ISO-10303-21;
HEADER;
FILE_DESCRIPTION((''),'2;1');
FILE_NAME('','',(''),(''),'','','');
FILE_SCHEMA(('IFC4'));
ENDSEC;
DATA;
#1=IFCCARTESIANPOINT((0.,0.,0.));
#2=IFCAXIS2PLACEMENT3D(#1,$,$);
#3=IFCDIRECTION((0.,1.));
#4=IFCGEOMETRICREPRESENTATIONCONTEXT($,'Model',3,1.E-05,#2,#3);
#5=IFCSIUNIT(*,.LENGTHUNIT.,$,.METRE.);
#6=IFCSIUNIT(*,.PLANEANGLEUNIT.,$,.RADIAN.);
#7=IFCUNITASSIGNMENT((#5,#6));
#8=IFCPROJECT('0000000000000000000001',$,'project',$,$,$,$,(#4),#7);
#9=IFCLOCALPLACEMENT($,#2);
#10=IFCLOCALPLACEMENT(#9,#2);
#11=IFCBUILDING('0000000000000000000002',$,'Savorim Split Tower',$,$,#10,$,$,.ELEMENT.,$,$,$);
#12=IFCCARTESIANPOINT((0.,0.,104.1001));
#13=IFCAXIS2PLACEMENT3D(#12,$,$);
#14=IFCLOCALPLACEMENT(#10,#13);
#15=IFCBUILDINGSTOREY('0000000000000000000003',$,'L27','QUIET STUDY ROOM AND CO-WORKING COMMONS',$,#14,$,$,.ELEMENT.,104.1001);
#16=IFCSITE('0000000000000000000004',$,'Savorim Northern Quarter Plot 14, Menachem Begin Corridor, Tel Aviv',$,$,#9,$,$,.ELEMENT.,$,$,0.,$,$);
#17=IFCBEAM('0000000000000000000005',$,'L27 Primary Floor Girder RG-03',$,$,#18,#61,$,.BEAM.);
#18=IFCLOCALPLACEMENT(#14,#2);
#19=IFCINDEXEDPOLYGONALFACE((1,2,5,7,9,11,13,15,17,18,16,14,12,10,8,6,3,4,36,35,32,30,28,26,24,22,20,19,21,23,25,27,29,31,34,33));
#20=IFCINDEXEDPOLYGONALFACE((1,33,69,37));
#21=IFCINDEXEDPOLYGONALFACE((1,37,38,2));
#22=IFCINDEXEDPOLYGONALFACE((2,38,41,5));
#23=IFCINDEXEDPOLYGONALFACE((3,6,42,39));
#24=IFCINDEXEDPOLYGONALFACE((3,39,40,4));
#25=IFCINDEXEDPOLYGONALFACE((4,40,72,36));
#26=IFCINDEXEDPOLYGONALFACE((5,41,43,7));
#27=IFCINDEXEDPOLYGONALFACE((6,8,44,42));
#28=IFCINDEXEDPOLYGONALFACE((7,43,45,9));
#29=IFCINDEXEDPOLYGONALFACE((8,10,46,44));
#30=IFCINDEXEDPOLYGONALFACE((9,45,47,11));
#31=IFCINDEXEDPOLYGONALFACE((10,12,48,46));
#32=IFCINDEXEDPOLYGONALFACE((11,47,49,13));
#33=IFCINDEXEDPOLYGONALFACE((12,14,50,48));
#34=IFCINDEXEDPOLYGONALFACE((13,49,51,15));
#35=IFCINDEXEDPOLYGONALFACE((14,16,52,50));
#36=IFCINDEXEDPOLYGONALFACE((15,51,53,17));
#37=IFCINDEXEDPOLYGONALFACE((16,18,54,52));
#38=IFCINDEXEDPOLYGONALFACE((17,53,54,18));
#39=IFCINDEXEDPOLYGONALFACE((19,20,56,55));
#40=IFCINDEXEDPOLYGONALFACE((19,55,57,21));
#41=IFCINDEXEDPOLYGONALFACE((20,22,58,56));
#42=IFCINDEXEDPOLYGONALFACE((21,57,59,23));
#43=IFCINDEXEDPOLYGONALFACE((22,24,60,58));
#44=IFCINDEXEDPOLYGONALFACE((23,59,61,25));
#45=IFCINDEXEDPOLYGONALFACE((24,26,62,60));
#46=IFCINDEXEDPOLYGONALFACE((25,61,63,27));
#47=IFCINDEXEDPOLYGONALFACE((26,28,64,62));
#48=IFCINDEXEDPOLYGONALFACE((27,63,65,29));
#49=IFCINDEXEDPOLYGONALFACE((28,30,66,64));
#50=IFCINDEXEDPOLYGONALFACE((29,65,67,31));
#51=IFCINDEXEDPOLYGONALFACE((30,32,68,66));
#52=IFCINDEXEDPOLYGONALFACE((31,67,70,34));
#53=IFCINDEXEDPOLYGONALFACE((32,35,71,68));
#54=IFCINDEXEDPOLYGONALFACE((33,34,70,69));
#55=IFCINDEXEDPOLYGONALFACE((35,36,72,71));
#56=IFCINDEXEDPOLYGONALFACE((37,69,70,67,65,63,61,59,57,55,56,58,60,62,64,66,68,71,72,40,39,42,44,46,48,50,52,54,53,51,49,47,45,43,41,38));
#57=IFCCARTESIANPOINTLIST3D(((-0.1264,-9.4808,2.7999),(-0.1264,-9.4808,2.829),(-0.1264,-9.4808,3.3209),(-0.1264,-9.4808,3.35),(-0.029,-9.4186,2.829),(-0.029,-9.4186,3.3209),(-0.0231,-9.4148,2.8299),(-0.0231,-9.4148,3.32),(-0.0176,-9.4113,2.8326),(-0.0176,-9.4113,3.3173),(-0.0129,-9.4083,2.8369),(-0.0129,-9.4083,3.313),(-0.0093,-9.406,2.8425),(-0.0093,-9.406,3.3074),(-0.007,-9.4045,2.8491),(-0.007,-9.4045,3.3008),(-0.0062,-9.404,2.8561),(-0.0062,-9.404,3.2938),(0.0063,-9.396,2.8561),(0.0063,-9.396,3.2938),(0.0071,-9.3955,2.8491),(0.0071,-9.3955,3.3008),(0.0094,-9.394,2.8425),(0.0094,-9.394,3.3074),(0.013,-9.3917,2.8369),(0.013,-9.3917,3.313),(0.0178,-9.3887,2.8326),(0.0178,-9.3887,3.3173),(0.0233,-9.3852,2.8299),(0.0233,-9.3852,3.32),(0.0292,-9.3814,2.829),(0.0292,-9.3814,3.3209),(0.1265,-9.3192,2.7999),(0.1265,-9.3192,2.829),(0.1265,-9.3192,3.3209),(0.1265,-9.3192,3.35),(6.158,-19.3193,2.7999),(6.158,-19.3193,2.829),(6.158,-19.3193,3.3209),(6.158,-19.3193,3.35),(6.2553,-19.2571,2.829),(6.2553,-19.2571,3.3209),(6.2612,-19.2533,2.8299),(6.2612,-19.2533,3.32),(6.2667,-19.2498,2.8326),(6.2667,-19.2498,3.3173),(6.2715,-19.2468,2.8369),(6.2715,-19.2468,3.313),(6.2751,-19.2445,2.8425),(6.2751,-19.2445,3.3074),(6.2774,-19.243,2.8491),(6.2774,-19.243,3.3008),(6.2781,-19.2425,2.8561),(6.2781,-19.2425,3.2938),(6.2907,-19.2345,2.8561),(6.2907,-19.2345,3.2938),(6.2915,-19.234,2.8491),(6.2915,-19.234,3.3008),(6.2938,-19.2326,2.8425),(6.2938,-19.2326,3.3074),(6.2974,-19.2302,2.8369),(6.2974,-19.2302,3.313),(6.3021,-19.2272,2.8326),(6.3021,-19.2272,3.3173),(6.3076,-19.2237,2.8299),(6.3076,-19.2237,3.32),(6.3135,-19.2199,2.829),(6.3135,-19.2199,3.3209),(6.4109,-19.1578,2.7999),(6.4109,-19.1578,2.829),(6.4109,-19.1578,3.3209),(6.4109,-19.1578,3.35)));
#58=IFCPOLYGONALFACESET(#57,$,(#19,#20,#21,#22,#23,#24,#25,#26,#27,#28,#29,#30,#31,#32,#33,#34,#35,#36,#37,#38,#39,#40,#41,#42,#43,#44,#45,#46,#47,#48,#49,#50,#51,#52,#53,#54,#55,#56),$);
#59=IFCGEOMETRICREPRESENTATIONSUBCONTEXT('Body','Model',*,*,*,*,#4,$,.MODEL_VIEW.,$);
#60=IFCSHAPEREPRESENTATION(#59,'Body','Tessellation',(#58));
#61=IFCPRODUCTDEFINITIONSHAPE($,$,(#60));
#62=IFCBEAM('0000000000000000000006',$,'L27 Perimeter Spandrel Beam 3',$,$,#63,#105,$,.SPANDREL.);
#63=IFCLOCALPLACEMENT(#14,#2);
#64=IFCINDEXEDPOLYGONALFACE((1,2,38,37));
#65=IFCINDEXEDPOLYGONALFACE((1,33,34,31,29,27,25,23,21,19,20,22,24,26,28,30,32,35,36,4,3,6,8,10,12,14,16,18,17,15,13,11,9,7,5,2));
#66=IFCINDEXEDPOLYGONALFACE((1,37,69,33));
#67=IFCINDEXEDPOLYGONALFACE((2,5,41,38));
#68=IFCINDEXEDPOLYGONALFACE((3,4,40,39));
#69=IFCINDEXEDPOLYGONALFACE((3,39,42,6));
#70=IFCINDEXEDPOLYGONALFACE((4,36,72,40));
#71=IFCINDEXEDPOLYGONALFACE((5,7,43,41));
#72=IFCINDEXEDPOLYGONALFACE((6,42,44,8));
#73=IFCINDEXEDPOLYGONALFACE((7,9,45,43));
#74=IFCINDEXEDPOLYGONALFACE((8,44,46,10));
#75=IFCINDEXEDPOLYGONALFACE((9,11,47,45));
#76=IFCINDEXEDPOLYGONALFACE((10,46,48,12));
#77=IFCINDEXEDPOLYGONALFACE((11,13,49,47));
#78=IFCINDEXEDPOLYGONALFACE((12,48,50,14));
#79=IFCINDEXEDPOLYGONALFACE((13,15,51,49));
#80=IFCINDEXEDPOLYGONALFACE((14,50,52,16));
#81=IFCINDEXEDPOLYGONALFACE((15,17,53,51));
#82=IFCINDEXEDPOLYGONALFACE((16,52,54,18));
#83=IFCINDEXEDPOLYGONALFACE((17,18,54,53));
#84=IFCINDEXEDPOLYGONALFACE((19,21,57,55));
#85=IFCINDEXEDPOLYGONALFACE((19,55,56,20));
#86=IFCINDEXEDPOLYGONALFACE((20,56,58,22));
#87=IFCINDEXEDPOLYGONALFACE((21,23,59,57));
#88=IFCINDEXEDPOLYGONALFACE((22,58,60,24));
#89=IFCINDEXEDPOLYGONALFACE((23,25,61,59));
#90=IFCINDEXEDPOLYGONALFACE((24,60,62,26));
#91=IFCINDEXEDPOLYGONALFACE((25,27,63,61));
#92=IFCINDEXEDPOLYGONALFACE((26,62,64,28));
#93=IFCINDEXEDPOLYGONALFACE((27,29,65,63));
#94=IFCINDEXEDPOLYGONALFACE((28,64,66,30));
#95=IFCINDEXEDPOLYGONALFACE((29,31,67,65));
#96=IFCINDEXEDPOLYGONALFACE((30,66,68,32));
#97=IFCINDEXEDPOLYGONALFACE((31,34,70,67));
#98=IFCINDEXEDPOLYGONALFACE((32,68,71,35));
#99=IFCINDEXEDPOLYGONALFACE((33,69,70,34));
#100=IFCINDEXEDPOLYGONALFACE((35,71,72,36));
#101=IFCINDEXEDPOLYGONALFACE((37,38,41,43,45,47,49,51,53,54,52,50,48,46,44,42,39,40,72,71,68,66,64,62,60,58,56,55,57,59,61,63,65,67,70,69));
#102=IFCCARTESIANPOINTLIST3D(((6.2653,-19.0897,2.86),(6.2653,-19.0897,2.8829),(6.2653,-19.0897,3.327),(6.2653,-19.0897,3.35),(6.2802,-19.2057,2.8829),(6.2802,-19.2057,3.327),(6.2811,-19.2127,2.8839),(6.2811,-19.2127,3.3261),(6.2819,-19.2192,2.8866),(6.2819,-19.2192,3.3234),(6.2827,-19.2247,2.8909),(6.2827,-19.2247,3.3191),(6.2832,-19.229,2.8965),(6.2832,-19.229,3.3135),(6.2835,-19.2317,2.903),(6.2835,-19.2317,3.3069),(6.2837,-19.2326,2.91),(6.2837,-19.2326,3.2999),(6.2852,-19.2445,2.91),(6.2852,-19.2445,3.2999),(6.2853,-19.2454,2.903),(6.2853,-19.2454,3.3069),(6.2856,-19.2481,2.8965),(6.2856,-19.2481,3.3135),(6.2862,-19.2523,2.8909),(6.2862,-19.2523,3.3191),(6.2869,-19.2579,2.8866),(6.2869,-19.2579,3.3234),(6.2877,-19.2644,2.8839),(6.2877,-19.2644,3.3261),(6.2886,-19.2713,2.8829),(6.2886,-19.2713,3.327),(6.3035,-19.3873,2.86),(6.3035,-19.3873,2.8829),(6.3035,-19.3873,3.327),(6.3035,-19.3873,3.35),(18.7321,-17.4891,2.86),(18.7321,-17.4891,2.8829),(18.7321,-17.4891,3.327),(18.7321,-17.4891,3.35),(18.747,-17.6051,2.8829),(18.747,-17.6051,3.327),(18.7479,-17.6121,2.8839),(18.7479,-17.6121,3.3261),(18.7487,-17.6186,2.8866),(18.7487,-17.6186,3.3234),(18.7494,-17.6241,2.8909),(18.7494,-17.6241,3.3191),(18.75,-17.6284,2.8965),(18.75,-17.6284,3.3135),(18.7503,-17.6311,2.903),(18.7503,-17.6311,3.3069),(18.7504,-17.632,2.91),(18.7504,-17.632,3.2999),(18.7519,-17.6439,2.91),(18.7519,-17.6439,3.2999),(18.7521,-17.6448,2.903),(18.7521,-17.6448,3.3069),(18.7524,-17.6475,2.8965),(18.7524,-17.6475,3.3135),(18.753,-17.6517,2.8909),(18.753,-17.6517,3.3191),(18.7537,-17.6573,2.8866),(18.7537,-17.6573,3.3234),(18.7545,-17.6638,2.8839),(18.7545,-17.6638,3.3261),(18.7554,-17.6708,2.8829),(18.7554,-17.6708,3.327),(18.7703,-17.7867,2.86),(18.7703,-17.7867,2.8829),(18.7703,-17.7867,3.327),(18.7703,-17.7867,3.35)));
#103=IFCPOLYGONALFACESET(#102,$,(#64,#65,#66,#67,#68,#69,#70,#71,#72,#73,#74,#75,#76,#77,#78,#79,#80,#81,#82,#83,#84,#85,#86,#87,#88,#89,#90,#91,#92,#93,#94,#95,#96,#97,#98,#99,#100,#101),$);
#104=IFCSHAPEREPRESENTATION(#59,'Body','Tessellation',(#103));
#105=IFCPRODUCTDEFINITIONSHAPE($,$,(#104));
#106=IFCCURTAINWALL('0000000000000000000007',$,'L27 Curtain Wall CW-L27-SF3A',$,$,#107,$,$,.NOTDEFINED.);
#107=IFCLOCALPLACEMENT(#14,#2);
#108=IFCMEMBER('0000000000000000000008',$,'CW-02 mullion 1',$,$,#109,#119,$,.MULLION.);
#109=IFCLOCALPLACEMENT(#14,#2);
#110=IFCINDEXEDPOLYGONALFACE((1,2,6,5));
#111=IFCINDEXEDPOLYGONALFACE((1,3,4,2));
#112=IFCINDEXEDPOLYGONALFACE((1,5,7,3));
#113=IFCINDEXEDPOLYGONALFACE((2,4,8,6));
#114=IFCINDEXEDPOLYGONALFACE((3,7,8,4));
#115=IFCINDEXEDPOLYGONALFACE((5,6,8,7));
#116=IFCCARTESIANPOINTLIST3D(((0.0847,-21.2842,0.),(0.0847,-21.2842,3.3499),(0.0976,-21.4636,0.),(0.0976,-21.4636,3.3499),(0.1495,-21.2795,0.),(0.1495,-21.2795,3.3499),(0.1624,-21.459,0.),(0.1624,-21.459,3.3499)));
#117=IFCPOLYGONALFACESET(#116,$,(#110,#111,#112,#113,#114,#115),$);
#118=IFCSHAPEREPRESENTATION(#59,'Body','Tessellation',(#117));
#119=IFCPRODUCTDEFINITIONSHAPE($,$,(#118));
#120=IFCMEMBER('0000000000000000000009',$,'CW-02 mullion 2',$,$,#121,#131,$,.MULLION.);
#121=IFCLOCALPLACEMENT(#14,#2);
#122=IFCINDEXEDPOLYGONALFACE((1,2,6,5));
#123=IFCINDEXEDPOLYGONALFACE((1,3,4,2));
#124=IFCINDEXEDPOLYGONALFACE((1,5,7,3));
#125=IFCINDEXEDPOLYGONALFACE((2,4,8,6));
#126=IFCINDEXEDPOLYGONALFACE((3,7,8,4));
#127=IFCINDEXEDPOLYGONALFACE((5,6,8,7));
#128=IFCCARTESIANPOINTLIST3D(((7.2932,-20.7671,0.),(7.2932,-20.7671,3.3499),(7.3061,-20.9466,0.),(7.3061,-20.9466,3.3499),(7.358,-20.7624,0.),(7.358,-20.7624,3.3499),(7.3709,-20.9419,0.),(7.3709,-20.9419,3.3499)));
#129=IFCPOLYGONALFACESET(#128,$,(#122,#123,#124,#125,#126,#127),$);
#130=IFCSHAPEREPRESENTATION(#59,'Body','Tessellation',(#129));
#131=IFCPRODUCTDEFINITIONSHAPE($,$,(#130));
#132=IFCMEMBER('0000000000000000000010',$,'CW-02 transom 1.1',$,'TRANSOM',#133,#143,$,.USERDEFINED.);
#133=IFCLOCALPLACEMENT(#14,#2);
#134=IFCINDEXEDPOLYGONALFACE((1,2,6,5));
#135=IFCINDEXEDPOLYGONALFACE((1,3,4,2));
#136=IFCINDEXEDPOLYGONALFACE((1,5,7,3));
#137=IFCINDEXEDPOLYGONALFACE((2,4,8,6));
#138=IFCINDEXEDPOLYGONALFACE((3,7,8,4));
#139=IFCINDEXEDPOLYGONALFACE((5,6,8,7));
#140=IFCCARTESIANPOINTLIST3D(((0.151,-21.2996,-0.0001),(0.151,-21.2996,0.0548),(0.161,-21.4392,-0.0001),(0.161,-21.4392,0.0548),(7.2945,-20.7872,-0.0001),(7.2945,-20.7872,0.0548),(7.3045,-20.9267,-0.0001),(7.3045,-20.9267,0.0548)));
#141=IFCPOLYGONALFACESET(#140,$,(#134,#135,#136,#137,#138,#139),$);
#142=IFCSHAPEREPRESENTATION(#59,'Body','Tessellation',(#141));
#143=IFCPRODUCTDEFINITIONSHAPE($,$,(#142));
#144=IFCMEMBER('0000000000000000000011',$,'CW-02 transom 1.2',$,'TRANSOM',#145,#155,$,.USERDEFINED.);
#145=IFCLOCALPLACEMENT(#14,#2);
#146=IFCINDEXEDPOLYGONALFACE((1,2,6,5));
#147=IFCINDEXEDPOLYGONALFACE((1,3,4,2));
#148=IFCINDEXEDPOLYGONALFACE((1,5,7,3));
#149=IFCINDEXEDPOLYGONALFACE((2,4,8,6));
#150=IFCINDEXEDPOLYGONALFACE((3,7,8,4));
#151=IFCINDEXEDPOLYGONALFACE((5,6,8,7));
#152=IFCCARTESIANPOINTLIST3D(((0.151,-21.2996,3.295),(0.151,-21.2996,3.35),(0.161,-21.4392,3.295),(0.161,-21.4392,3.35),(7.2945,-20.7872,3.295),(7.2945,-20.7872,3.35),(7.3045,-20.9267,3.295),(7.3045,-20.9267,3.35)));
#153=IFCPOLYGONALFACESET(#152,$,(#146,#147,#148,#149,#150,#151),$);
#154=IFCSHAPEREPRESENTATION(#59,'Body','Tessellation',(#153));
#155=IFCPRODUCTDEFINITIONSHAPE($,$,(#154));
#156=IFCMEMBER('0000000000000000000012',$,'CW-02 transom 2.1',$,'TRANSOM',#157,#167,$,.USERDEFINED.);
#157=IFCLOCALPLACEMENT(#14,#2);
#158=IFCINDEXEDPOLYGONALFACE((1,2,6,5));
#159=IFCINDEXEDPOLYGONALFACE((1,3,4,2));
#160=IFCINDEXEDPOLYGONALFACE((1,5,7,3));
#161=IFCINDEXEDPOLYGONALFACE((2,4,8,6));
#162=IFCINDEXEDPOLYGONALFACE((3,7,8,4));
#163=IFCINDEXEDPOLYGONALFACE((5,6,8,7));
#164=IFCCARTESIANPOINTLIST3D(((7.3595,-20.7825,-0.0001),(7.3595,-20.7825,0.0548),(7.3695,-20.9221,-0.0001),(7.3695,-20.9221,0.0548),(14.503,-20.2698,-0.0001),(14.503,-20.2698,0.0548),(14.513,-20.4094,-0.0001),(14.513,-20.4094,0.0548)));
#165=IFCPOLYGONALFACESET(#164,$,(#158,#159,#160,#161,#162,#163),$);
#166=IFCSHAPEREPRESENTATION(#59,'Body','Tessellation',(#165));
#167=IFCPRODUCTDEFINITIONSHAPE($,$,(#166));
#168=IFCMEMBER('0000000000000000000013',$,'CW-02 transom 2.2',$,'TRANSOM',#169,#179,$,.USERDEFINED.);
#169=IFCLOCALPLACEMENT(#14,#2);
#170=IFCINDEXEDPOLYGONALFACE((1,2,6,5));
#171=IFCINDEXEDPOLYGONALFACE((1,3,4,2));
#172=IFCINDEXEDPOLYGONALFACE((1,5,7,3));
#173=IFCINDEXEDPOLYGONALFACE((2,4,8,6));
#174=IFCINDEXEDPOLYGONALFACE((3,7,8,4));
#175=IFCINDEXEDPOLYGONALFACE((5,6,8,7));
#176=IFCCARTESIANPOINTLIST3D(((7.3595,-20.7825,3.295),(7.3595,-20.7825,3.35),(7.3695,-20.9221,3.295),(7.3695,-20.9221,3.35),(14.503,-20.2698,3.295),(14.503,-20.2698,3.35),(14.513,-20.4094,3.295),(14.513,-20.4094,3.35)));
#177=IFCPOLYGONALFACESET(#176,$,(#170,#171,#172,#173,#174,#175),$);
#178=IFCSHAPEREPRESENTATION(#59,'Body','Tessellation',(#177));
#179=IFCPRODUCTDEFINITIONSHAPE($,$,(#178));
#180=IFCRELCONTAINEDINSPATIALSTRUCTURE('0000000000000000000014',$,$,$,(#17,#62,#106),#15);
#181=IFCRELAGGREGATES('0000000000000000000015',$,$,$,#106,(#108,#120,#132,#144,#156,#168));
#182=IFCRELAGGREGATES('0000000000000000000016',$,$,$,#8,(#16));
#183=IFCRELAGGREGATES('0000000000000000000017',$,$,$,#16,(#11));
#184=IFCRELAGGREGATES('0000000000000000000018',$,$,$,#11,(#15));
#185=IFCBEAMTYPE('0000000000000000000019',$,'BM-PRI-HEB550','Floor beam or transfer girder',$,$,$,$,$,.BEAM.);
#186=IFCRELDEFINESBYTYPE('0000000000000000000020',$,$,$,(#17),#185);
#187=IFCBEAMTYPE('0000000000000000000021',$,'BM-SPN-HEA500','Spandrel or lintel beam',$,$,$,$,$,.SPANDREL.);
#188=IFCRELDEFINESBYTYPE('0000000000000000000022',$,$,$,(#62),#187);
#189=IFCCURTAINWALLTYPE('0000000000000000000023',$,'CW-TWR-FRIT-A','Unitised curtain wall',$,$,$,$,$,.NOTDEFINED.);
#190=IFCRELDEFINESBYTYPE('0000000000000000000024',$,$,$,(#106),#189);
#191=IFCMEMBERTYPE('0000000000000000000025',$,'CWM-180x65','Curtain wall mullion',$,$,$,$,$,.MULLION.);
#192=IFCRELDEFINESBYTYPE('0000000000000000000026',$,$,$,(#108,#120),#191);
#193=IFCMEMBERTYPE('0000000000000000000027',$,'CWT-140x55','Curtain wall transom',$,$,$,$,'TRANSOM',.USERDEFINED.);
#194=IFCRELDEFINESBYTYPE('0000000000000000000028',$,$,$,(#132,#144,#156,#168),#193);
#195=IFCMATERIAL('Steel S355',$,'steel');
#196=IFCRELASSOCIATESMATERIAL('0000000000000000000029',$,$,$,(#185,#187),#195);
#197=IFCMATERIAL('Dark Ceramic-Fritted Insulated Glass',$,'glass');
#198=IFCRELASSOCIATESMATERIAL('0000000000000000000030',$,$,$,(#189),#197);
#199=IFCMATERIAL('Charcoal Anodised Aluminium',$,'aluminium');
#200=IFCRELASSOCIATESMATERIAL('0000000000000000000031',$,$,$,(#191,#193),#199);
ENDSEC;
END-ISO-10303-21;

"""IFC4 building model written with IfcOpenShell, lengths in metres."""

from ifc_helpers import new_model, si_unit, direction, frame, origin, origin_2d, place, context, subcontext, project, spatial, rectangle, i_section, extrude, material, material_profile, profile_set, type_object, element, aggregate, save


model = new_model("IFC4")

# Units and contexts
model_context = context("Model", 3, precision=1e-05, world=origin(), true_north=direction((0.0, 1.0)))
body_context = subcontext(model_context, "Body", "Model", "MODEL_VIEW")
ifc_project = project(units=[si_unit("LENGTHUNIT", "METRE"), si_unit("PLANEANGLEUNIT", "RADIAN")], contexts=[model_context])

# Site, building, storey
site_placement = place(None, origin())
site = spatial("IfcSite", under=ifc_project, at=site_placement, Name="Savorim Northern Quarter Plot 14, Menachem Begin Corridor, Tel Aviv", CompositionType="ELEMENT", RefElevation=0.0)
building_placement = place(site_placement, origin())
building = spatial("IfcBuilding", under=site, at=building_placement, Name="Savorim Split Tower", CompositionType="ELEMENT")
storey_placement = place(building_placement, frame((0.0, 0.0, 104.1001)))
storey = spatial("IfcBuildingStorey", under=building, at=storey_placement, Name="L27", Description="QUIET STUDY ROOM AND CO-WORKING COMMONS", CompositionType="ELEMENT", Elevation=104.1001)

# Beams
ifc_material_1 = material(Name="Steel S355", Category="steel")
ifc_material_profile_1 = material_profile(ifc_material_1, i_section(OverallWidth=0.3, OverallDepth=0.55, WebThickness=0.0149, FlangeThickness=0.0291, FilletRadius=0.0271, at=origin_2d()), Name="HEB 550")
ifc_profile_set_1 = profile_set([ifc_material_profile_1], Name="Steel S355")
beam_type_1 = type_object("IfcBeamType", Name="BM-PRI-HEB550", Description="Floor beam or transfer girder", PredefinedType="BEAM", material=ifc_profile_set_1)
beam_1_placement = place(storey_placement, frame((6.2844, -19.2385, 3.075), z_axis=(-0.538306, 0.842749, 0.0), x_axis=(-0.842749, -0.538306, 0.0)))
element("IfcBeam", 1, at=beam_1_placement, inside=storey, type_object=beam_type_1, Name="L27 Primary Floor Girder RG-03", PredefinedType="BEAM", context=body_context, shape_type="SweptSolid", body=[
    extrude(i_section(OverallWidth=0.3, OverallDepth=0.55, WebThickness=0.0149, FlangeThickness=0.0291, FilletRadius=0.0271, at=origin_2d()), origin(), (0.0, 0.0, 1.0), 11.6743),
])
ifc_material_profile_2 = material_profile(ifc_material_1, i_section(OverallWidth=0.3, OverallDepth=0.49, WebThickness=0.012, FlangeThickness=0.0229, FilletRadius=0.0271, at=origin_2d()), Name="HEA 500")
ifc_profile_set_2 = profile_set([ifc_material_profile_2], Name="Steel S355")
beam_type_2 = type_object("IfcBeamType", Name="BM-SPN-HEA500", Description="Spandrel or lintel beam", PredefinedType="SPANDREL", material=ifc_profile_set_2)
beam_2_placement = place(storey_placement, frame((6.2844, -19.2385, 3.105), z_axis=(0.991859, 0.127343, 0.0), x_axis=(-0.127343, 0.991859, 0.0)))
element("IfcBeam", 2, at=beam_2_placement, inside=storey, type_object=beam_type_2, Name="L27 Perimeter Spandrel Beam 3", PredefinedType="SPANDREL", context=body_context, shape_type="SweptSolid", body=[
    extrude(i_section(OverallWidth=0.3, OverallDepth=0.49, WebThickness=0.012, FlangeThickness=0.0229, FilletRadius=0.0271, at=origin_2d()), origin(), (0.0, 0.0, 1.0), 12.5691),
])

# Curtain wall, members
ifc_material_2 = material(Name="Dark Ceramic-Fritted Insulated Glass", Category="glass")
curtain_wall_type = type_object("IfcCurtainWallType", Name="CW-TWR-FRIT-A", Description="Unitised curtain wall", PredefinedType="NOTDEFINED", material=ifc_material_2)
curtain_wall_placement = place(storey_placement, origin())
curtain_wall = element("IfcCurtainWall", 3, at=curtain_wall_placement, inside=storey, type_object=curtain_wall_type, Name="L27 Curtain Wall CW-L27-SF3A", PredefinedType="NOTDEFINED")
ifc_material_3 = material(Name="Charcoal Anodised Aluminium", Category="aluminium")
ifc_material_profile_3 = material_profile(ifc_material_3, rectangle(XDim=0.1799, YDim=0.0649, at=origin_2d()), Name="ALU-M 180x65")
ifc_profile_set_3 = profile_set([ifc_material_profile_3], Name="Charcoal Anodised Aluminium")
member_type_1 = type_object("IfcMemberType", Name="CWM-180x65", Description="Curtain wall mullion", PredefinedType="MULLION", material=ifc_profile_set_3)
member_1_placement = place(storey_placement, frame((0.1235, -21.3716, 0.0), z_axis=(0.0, 0.0, 1.0), x_axis=(-0.071562, 0.997436, 0.0)))
member_1 = element("IfcMember", 4, at=member_1_placement, type_object=member_type_1, Name="CW-02 mullion 1", PredefinedType="MULLION", context=body_context, shape_type="SweptSolid", body=[
    extrude(rectangle(XDim=0.1799, YDim=0.0649, at=origin_2d()), origin(), (0.0, 0.0, 1.0), 3.3499),
])
member_2_placement = place(storey_placement, frame((7.332, -20.8545, 0.0), z_axis=(0.0, 0.0, 1.0), x_axis=(-0.071562, 0.997436, 0.0)))
member_2 = element("IfcMember", 5, at=member_2_placement, type_object=member_type_1, Name="CW-02 mullion 2", PredefinedType="MULLION", context=body_context, shape_type="SweptSolid", body=[
    extrude(rectangle(XDim=0.1799, YDim=0.0649, at=origin_2d()), origin(), (0.0, 0.0, 1.0), 3.3499),
])
ifc_material_profile_4 = material_profile(ifc_material_3, rectangle(XDim=0.1399, YDim=0.0549, at=origin_2d()), Name="ALU-T 140x55")
ifc_profile_set_4 = profile_set([ifc_material_profile_4], Name="Charcoal Anodised Aluminium")
member_type_2 = type_object("IfcMemberType", Name="CWT-140x55", Description="Curtain wall transom", ElementType="TRANSOM", PredefinedType="USERDEFINED", material=ifc_profile_set_4)
member_3_placement = place(storey_placement, frame((0.156, -21.3694, 0.0273), z_axis=(0.997437, 0.071552, 0.0), x_axis=(-0.071552, 0.997437, 0.0)))
member_3 = element("IfcMember", 6, at=member_3_placement, type_object=member_type_2, Name="CW-02 transom 1.1", ObjectType="TRANSOM", PredefinedType="USERDEFINED", context=body_context, shape_type="SweptSolid", body=[
    extrude(rectangle(XDim=0.1399, YDim=0.0549, at=origin_2d()), origin(), (0.0, 0.0, 1.0), 7.1619),
])
member_4_placement = place(storey_placement, frame((0.156, -21.3694, 3.3225), z_axis=(0.997437, 0.071552, 0.0), x_axis=(-0.071552, 0.997437, 0.0)))
member_4 = element("IfcMember", 7, at=member_4_placement, type_object=member_type_2, Name="CW-02 transom 1.2", ObjectType="TRANSOM", PredefinedType="USERDEFINED", context=body_context, shape_type="SweptSolid", body=[
    extrude(rectangle(XDim=0.1399, YDim=0.0549, at=origin_2d()), origin(), (0.0, 0.0, 1.0), 7.1619),
])
member_5_placement = place(storey_placement, frame((7.3645, -20.8523, 0.0273), z_axis=(0.997434, 0.071586, 0.0), x_axis=(-0.071586, 0.997434, 0.0)))
member_5 = element("IfcMember", 8, at=member_5_placement, type_object=member_type_2, Name="CW-02 transom 2.1", ObjectType="TRANSOM", PredefinedType="USERDEFINED", context=body_context, shape_type="SweptSolid", body=[
    extrude(rectangle(XDim=0.1399, YDim=0.0549, at=origin_2d()), origin(), (0.0, 0.0, 1.0), 7.1619),
])
member_6_placement = place(storey_placement, frame((7.3645, -20.8523, 3.3225), z_axis=(0.997434, 0.071586, 0.0), x_axis=(-0.071586, 0.997434, 0.0)))
member_6 = element("IfcMember", 9, at=member_6_placement, type_object=member_type_2, Name="CW-02 transom 2.2", ObjectType="TRANSOM", PredefinedType="USERDEFINED", context=body_context, shape_type="SweptSolid", body=[
    extrude(rectangle(XDim=0.1399, YDim=0.0549, at=origin_2d()), origin(), (0.0, 0.0, 1.0), 7.1619),
])
aggregate(curtain_wall, [member_1, member_2, member_3, member_4, member_5, member_6])

save(model, "model.ifc")
